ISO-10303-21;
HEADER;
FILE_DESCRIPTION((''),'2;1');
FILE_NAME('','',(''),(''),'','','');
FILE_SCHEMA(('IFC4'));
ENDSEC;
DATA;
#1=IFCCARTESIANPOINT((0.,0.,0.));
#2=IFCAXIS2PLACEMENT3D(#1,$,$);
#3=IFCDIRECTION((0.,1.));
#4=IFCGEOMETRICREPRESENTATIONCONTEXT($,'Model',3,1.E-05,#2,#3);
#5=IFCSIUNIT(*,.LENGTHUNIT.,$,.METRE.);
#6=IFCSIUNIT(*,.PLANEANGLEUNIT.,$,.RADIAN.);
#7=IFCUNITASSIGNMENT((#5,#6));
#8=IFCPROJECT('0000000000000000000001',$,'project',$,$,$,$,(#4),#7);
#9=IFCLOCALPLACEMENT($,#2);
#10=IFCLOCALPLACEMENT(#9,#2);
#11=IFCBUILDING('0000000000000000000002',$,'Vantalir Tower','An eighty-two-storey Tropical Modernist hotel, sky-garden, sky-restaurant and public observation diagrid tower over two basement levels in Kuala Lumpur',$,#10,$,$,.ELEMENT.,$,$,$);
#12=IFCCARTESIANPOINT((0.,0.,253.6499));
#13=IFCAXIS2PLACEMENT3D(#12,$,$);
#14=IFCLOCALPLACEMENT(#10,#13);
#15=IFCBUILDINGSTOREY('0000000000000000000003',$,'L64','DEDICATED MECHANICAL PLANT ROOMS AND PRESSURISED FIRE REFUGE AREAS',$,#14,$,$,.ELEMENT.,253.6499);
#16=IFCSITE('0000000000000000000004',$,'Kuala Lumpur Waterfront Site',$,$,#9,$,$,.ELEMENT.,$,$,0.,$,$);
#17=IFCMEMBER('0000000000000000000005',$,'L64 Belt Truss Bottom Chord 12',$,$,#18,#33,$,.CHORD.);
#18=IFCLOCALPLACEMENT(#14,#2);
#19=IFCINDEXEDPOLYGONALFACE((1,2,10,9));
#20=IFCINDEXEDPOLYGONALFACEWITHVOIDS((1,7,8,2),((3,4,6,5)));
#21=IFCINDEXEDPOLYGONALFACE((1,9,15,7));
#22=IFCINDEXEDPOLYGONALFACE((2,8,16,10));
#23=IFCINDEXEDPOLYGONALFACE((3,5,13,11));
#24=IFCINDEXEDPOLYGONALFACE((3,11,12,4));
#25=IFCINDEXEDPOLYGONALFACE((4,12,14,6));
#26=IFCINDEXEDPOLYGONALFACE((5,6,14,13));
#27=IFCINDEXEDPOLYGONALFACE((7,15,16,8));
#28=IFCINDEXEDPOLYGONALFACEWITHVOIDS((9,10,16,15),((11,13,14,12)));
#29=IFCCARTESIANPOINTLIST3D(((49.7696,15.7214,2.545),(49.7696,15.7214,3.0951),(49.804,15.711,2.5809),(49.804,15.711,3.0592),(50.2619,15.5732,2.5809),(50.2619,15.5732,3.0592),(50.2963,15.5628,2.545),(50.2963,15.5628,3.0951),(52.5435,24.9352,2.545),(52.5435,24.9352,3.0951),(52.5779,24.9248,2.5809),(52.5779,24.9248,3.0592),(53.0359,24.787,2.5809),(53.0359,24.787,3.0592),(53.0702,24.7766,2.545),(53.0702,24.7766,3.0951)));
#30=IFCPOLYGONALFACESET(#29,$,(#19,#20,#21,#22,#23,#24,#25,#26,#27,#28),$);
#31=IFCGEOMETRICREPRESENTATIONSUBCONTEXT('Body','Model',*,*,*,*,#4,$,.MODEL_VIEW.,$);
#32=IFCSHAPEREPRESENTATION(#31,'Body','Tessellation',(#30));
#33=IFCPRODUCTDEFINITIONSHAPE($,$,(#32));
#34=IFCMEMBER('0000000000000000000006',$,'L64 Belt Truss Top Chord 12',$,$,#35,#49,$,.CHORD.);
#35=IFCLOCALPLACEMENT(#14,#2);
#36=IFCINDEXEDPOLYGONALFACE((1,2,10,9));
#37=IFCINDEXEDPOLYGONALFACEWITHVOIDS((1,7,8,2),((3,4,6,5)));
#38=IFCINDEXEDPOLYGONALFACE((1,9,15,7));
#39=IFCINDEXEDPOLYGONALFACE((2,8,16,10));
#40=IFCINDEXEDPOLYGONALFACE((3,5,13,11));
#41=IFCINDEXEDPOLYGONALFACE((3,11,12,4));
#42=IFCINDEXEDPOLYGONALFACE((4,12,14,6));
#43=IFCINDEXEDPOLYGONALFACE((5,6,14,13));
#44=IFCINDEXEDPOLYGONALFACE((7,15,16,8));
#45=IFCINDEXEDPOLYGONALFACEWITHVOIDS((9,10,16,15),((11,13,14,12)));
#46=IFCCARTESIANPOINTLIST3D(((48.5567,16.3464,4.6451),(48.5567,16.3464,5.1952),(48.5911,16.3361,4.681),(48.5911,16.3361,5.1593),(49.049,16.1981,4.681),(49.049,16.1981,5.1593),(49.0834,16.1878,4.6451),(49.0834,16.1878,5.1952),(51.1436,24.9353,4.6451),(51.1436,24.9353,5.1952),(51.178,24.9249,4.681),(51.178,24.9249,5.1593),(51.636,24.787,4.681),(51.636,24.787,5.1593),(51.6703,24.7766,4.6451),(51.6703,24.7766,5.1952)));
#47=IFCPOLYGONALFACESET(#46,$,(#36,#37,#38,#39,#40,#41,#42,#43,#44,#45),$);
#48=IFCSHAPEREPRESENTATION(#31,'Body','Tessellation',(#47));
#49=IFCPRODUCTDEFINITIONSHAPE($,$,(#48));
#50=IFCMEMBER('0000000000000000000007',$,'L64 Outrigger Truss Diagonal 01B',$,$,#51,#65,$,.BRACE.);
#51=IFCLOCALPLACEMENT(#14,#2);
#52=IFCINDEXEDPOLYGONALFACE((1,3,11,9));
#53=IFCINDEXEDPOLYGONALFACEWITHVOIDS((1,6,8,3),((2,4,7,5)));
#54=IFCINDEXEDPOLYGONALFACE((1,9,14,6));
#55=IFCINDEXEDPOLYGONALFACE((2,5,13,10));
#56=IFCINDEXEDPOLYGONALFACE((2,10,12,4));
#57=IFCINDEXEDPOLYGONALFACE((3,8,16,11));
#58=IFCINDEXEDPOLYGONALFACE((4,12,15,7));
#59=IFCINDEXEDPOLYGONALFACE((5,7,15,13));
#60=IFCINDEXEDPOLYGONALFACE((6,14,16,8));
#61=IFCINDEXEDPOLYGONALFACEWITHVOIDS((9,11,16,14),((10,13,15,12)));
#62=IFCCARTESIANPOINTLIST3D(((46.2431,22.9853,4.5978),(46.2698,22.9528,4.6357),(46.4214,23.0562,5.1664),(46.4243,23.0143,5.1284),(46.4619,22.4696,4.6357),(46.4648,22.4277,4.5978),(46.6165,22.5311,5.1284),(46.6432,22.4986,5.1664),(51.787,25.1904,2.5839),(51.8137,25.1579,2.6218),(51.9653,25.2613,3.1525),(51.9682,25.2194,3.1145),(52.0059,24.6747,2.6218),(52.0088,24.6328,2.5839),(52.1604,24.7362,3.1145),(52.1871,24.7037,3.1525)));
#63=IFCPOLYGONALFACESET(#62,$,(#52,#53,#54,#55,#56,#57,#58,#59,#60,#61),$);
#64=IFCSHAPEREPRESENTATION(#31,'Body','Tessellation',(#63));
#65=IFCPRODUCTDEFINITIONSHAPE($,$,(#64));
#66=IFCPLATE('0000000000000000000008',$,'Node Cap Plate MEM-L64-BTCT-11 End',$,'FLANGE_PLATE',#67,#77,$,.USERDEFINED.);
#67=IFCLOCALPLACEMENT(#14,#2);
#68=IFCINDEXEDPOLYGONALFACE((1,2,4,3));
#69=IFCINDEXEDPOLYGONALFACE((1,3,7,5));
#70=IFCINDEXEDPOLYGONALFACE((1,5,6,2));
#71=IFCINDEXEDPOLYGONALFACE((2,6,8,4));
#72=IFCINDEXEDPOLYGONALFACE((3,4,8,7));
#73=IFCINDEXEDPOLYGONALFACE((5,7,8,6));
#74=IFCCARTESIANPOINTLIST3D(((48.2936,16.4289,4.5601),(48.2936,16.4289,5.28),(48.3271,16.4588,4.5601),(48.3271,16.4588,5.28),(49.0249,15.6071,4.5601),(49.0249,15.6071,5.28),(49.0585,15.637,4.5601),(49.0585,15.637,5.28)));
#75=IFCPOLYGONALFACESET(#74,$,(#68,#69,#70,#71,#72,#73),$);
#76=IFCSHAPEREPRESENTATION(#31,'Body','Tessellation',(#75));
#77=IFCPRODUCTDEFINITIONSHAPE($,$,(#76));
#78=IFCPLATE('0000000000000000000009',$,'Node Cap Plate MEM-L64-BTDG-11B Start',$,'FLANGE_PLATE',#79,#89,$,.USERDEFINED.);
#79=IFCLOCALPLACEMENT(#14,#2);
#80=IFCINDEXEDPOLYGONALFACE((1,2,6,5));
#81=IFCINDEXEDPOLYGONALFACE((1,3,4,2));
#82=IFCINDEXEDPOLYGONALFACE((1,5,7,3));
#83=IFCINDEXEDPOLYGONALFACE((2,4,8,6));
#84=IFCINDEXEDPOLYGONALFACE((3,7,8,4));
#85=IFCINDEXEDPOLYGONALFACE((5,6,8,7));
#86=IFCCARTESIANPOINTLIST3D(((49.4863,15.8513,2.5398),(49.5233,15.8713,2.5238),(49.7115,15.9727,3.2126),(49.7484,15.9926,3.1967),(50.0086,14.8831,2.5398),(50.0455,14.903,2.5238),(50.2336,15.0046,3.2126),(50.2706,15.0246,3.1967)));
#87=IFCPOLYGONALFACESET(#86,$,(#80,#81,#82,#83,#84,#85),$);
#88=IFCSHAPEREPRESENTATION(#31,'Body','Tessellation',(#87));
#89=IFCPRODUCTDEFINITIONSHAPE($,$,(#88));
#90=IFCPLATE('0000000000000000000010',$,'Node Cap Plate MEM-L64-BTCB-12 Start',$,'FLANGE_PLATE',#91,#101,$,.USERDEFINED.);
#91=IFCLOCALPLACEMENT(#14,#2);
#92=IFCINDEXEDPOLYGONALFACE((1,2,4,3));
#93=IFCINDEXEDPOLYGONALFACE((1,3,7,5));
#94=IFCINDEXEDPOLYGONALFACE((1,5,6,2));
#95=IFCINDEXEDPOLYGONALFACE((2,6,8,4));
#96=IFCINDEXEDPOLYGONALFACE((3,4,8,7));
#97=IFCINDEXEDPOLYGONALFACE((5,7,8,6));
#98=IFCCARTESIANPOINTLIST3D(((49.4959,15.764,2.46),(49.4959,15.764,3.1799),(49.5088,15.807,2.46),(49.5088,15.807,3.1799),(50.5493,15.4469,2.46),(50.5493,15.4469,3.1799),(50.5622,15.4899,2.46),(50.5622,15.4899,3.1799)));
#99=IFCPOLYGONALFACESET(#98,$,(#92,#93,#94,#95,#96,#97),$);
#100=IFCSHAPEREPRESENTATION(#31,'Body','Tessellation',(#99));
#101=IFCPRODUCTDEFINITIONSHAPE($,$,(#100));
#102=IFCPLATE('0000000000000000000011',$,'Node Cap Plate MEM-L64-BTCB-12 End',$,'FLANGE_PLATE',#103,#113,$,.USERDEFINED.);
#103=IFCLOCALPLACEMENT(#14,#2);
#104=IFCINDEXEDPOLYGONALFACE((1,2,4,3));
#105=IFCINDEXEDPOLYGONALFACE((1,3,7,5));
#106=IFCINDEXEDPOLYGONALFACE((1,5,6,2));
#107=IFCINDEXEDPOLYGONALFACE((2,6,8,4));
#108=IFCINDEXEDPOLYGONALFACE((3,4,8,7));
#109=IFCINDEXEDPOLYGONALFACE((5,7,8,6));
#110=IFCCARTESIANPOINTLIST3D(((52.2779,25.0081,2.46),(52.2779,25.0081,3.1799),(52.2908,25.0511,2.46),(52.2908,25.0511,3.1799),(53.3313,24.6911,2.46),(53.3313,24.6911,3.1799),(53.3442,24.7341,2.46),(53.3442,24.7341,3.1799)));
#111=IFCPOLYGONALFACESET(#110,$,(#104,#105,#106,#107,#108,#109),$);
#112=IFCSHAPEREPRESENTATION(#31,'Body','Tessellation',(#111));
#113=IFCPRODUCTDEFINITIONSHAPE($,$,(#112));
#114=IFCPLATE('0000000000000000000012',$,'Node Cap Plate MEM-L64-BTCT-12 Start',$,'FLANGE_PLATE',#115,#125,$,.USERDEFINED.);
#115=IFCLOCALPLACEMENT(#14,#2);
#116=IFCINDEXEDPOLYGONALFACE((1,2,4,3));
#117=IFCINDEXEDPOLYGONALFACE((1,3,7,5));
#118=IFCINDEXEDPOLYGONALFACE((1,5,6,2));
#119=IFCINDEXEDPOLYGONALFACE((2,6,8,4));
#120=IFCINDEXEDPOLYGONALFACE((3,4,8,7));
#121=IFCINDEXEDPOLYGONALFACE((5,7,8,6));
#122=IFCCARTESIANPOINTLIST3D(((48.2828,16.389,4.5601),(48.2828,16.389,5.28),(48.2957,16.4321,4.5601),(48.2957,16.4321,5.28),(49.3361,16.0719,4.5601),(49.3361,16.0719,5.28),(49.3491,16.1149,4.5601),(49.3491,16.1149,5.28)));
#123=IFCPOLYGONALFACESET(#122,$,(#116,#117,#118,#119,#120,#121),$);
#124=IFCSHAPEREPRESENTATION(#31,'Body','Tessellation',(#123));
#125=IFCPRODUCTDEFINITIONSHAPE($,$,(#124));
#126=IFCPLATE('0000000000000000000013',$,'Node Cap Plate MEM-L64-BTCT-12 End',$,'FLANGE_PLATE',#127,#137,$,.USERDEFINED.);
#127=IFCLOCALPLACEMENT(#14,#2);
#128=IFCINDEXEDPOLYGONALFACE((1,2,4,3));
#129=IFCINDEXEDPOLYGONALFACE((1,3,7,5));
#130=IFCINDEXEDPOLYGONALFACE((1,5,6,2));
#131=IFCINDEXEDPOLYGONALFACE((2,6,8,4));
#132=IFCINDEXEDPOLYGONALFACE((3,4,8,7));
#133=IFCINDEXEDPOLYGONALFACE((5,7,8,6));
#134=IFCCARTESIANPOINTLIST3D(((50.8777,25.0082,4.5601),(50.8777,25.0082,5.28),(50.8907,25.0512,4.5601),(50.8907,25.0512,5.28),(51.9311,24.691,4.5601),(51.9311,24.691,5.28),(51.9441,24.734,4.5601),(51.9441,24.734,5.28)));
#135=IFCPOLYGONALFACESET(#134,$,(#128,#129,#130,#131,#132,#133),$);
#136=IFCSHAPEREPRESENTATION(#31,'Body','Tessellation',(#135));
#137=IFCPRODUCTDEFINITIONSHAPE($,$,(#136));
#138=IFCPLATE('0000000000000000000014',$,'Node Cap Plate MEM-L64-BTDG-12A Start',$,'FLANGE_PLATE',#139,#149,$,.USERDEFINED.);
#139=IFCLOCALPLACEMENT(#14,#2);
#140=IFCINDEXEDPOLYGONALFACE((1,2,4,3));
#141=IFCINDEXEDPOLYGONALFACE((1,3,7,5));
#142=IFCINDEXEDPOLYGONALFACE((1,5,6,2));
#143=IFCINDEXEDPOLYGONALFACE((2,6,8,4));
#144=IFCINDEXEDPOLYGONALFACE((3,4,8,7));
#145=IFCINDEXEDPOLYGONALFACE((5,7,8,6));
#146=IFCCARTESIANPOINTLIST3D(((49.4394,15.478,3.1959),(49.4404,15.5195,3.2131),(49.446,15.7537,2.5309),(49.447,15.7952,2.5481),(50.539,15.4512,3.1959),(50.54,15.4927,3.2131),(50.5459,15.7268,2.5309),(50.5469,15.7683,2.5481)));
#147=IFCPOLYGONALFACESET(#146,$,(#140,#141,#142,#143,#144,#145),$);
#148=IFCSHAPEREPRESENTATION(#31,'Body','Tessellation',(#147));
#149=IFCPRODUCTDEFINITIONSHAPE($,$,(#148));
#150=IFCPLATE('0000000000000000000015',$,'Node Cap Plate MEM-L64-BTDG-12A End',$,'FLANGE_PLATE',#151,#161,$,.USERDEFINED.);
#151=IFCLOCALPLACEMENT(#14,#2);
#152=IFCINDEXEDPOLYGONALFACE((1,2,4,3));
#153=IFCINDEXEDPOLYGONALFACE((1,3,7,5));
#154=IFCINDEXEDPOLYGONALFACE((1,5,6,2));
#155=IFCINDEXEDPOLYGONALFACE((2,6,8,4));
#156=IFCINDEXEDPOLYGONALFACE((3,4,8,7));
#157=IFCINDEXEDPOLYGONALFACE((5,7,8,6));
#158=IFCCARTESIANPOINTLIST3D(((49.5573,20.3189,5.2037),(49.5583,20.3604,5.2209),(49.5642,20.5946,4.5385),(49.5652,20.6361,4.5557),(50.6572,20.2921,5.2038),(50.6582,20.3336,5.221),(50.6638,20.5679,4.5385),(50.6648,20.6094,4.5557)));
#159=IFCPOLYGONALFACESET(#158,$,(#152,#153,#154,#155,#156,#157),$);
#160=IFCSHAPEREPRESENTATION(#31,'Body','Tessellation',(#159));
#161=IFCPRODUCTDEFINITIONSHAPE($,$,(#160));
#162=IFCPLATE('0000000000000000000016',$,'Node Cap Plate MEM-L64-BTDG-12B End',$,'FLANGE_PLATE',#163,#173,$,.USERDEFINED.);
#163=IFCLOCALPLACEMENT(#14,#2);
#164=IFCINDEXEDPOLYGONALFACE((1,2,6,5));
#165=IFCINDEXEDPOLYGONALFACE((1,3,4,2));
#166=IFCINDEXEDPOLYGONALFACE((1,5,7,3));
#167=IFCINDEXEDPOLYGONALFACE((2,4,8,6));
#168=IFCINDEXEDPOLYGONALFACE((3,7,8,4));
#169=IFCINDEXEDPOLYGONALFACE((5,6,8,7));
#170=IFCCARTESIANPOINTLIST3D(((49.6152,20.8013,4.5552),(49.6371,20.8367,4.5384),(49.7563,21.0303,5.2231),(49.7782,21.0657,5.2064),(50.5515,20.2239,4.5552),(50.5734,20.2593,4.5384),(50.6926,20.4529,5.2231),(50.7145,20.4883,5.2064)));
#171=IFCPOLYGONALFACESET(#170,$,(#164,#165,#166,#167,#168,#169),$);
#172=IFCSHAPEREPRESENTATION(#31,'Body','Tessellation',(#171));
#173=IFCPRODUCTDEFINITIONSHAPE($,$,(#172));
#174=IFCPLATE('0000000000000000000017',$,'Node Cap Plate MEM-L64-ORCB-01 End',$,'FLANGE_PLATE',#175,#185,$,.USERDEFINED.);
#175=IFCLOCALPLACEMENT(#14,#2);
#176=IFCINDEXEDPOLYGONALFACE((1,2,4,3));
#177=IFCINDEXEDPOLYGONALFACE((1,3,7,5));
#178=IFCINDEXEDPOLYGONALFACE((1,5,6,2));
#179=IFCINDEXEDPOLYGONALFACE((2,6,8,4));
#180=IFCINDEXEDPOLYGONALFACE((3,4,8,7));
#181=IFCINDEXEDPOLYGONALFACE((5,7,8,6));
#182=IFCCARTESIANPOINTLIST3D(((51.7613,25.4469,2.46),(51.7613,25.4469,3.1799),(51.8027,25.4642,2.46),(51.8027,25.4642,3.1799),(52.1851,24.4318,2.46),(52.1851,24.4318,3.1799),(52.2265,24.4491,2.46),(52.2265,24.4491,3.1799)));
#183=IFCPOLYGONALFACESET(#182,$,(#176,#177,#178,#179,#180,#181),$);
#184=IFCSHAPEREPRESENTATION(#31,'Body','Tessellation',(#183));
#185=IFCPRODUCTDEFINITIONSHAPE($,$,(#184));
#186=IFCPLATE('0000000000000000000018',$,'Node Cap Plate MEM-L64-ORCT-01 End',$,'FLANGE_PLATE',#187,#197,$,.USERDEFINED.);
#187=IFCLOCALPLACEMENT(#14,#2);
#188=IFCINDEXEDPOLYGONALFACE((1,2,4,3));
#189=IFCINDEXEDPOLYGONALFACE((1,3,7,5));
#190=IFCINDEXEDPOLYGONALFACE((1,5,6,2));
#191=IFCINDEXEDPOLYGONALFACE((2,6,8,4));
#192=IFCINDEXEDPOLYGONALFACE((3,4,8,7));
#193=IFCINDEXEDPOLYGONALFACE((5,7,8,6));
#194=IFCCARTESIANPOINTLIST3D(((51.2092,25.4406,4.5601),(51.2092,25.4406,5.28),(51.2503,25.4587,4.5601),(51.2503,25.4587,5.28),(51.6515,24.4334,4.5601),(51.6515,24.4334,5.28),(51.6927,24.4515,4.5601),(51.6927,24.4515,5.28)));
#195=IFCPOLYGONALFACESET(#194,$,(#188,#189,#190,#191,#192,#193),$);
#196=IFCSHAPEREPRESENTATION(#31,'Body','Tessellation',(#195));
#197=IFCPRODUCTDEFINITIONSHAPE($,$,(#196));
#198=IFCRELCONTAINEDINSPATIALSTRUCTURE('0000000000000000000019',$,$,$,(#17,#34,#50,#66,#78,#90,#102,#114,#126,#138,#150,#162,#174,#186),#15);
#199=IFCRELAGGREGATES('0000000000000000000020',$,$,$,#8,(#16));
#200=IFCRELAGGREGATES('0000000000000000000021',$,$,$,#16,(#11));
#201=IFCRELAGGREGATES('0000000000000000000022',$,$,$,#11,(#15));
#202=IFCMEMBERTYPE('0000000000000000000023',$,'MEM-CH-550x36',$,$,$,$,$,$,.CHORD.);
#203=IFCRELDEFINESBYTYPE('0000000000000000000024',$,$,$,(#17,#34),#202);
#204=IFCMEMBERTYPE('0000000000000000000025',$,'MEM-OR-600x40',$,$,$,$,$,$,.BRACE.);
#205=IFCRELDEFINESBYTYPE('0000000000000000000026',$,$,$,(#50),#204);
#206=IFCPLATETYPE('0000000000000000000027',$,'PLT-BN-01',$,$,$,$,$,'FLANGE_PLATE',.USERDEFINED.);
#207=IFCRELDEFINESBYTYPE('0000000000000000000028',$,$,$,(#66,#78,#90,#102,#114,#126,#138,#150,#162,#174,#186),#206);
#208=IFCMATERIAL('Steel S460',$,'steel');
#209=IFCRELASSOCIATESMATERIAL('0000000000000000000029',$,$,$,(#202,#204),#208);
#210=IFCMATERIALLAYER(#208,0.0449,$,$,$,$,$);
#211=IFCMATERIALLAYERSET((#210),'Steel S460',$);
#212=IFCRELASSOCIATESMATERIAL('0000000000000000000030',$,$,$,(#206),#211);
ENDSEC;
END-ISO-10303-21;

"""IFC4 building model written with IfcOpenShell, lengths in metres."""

from ifc_helpers import new_model, si_unit, direction, frame, origin, origin_2d, place, context, subcontext, project, spatial, polyline, rectangle, hollow_rectangle, outline, extrude, material, layer, layer_set, material_profile, profile_set, type_object, element, save


model = new_model("IFC4")

# Units and contexts
model_context = context("Model", 3, precision=1e-05, world=origin(), true_north=direction((0.0, 1.0)))
body_context = subcontext(model_context, "Body", "Model", "MODEL_VIEW")
ifc_project = project(units=[si_unit("LENGTHUNIT", "METRE"), si_unit("PLANEANGLEUNIT", "RADIAN")], contexts=[model_context])

# Site, building, storey
site_placement = place(None, origin())
site = spatial("IfcSite", under=ifc_project, at=site_placement, Name="Kuala Lumpur Waterfront Site", CompositionType="ELEMENT", RefElevation=0.0)
building_placement = place(site_placement, origin())
building = spatial("IfcBuilding", under=site, at=building_placement, Name="Vantalir Tower", Description="An eighty-two-storey Tropical Modernist hotel, sky-garden, sky-restaurant and public observation diagrid tower over two basement levels in Kuala Lumpur", CompositionType="ELEMENT")
storey_placement = place(building_placement, frame((0.0, 0.0, 253.6499)))
storey = spatial("IfcBuildingStorey", under=building, at=storey_placement, Name="L64", Description="DEDICATED MECHANICAL PLANT ROOMS AND PRESSURISED FIRE REFUGE AREAS", CompositionType="ELEMENT", Elevation=253.6499)

# Shared definitions
ifc_material_1 = material(Name="Steel S460", Category="steel")

# Members
ifc_material_profile_1 = material_profile(ifc_material_1, hollow_rectangle(XDim=0.55, YDim=0.55, WallThickness=0.0359, at=origin_2d()), Name="Steel S460")
ifc_profile_set_1 = profile_set([ifc_material_profile_1], Name="Steel S460")
member_type_1 = type_object("IfcMemberType", Name="MEM-CH-550x36", PredefinedType="CHORD", material=ifc_profile_set_1)
member_1_placement = place(storey_placement, frame((50.033, 15.6421, 2.8201), z_axis=(0.288279, 0.957547, 0.0), x_axis=(-0.957547, 0.288279, 0.0)))
element("IfcMember", 1, at=member_1_placement, inside=storey, type_object=member_type_1, Name="L64 Belt Truss Bottom Chord 12", PredefinedType="CHORD", context=body_context, shape_type="SweptSolid", body=[
    extrude(hollow_rectangle(XDim=0.55, YDim=0.55, WallThickness=0.0359, at=origin_2d()), origin(), (0.0, 0.0, 1.0), 9.6223),
])
member_2_placement = place(storey_placement, frame((48.8201, 16.2671, 4.9202), z_axis=(0.288396, 0.957511, 0.0), x_axis=(-0.957511, 0.288396, 0.0)))
element("IfcMember", 2, at=member_2_placement, inside=storey, type_object=member_type_1, Name="L64 Belt Truss Top Chord 12", PredefinedType="CHORD", context=body_context, shape_type="SweptSolid", body=[
    extrude(hollow_rectangle(XDim=0.55, YDim=0.55, WallThickness=0.0359, at=origin_2d()), origin(), (0.0, 0.0, 1.0), 8.97),
])
ifc_material_profile_2 = material_profile(ifc_material_1, hollow_rectangle(XDim=0.6001, YDim=0.6001, WallThickness=0.04, at=origin_2d()), Name="Steel S460")
ifc_profile_set_2 = profile_set([ifc_material_profile_2], Name="Steel S460")
member_type_2 = type_object("IfcMemberType", Name="MEM-OR-600x40", PredefinedType="BRACE", material=ifc_profile_set_2)
member_3_placement = place(storey_placement, frame((46.4431, 22.7419, 4.8821), z_axis=(0.880396, 0.350173, -0.319816), x_axis=(-0.369584, 0.929197, 0.0)))
element("IfcMember", 3, at=member_3_placement, inside=storey, type_object=member_type_2, Name="L64 Outrigger Truss Diagonal 01B", PredefinedType="BRACE", context=body_context, shape_type="SweptSolid", body=[
    extrude(hollow_rectangle(XDim=0.6001, YDim=0.6001, WallThickness=0.04, at=origin_2d()), origin(), (0.0, 0.0, 1.0), 6.2971),
])

# Plates
ifc_layer_1 = layer(ifc_material_1, 0.0449)
ifc_layer_set_1 = layer_set([ifc_layer_1], Name="Steel S460")
plate_type_1 = type_object("IfcPlateType", Name="PLT-BN-01", ElementType="FLANGE_PLATE", PredefinedType="USERDEFINED", material=ifc_layer_set_1)
plate_1_placement = place(storey_placement, frame((48.676, 16.033, 4.5601), z_axis=(0.0, 0.0, 1.0), x_axis=(0.747033, 0.664787, 0.0)))
element("IfcPlate", 4, at=plate_1_placement, inside=storey, type_object=plate_type_1, Name="Node Cap Plate MEM-L64-BTCT-11 End", ObjectType="FLANGE_PLATE", PredefinedType="USERDEFINED", context=body_context, shape_type="SweptSolid", body=[
    extrude(rectangle(XDim=0.0449, YDim=1.1001, at=origin_2d()), origin(), (0.0, 0.0, 1.0), 0.72),
])
plate_2_placement = place(storey_placement, frame((49.4863, 15.8513, 2.5398), z_axis=(-0.822689, -0.44376, 0.35533), x_axis=(0.474736, -0.880128, -0.000017)))
element("IfcPlate", 5, at=plate_2_placement, inside=storey, type_object=plate_type_1, Name="Node Cap Plate MEM-L64-BTDG-11B Start", ObjectType="FLANGE_PLATE", PredefinedType="USERDEFINED", context=body_context, shape_type="SweptSolid", body=[
    extrude(outline(polyline([(0.0, 0.0), (1.1001, 0.0), (1.1, 0.7198), (0.0001, 0.7198), (0.0, 0.0)])), origin(), (0.0, 0.0, -1.0), 0.0449),
])
for number, where, z_axis, x_axis, name in (
    (6, (50.0291, 15.627, 2.46), (0.0, 0.0, 1.0), (0.288213, 0.957566, 0.0), "Node Cap Plate MEM-L64-BTCB-12 Start"),
    (7, (52.811, 24.8711, 2.46), (0.0, 0.0, 1.0), (0.288213, 0.957566, 0.0), "Node Cap Plate MEM-L64-BTCB-12 End"),
    (8, (48.8159, 16.252, 4.5601), (0.0, 0.0, 1.0), (0.28833, 0.957531, 0.0), "Node Cap Plate MEM-L64-BTCT-12 Start"),
    (9, (51.4109, 24.8711, 4.5601), (0.0, 0.0, 1.0), (0.28833, 0.957531, 0.0), "Node Cap Plate MEM-L64-BTCT-12 End"),
):
    element("IfcPlate", number, at=place(storey_placement, frame(where, z_axis=z_axis, x_axis=x_axis)), inside=storey, type_object=plate_type_1, Name=name, ObjectType="FLANGE_PLATE", PredefinedType="USERDEFINED", context=body_context, shape_type="SweptSolid", body=[
        extrude(rectangle(XDim=0.0449, YDim=1.1001, at=origin_2d()), origin(), (0.0, 0.0, 1.0), 0.72),
    ])
plate_3_placement = place(storey_placement, frame((50.5469, 15.7683, 2.5481), z_axis=(0.022551, 0.923482, 0.382978), x_axis=(-0.999702, 0.024412, 0.000001)))
element("IfcPlate", 10, at=plate_3_placement, inside=storey, type_object=plate_type_1, Name="Node Cap Plate MEM-L64-BTDG-12A Start", ObjectType="FLANGE_PLATE", PredefinedType="USERDEFINED", context=body_context, shape_type="SweptSolid", body=[
    extrude(outline(polyline([(0.0, 0.0), (1.1002, 0.0), (1.1, 0.7199), (0.0001, 0.7199), (0.0, 0.0)])), origin(), (0.0, 0.0, -1.0), 0.0449),
])
plate_4_placement = place(storey_placement, frame((50.6648, 20.6094, 4.5557), z_axis=(0.022449, 0.923474, 0.383002), x_axis=(-0.999705, 0.024286, 0.000038)))
element("IfcPlate", 11, at=plate_4_placement, inside=storey, type_object=plate_type_1, Name="Node Cap Plate MEM-L64-BTDG-12A End", ObjectType="FLANGE_PLATE", PredefinedType="USERDEFINED", context=body_context, shape_type="SweptSolid", body=[
    extrude(outline(polyline([(0.0, 0.0), (1.0999, 0.0), (1.1001, 0.7202), (-0.0001, 0.7202), (0.0, 0.0)])), origin(), (0.0, 0.0, -1.0), 0.0449),
])
plate_5_placement = place(storey_placement, frame((49.6152, 20.8013, 4.5552), z_axis=(-0.486905, -0.789548, 0.373548), x_axis=(0.851163, -0.524902, 0.0)))
element("IfcPlate", 12, at=plate_5_placement, inside=storey, type_object=plate_type_1, Name="Node Cap Plate MEM-L64-BTDG-12B End", ObjectType="FLANGE_PLATE", PredefinedType="USERDEFINED", context=body_context, shape_type="SweptSolid", body=[
    extrude(outline(polyline([(0.0, 0.0), (1.1, 0.0), (1.0999, 0.7201), (-0.0001, 0.7201), (0.0, 0.0)])), origin(), (0.0, 0.0, -1.0), 0.0449),
])
for number, where, z_axis, x_axis, name in (
    (13, (51.9939, 24.948, 2.46), (0.0, 0.0, 1.0), (0.922814, 0.385246, 0.0), "Node Cap Plate MEM-L64-ORCB-01 End"),
    (14, (51.4509, 24.946, 4.5601), (0.0, 0.0, 1.0), (0.915599, 0.402092, 0.0), "Node Cap Plate MEM-L64-ORCT-01 End"),
):
    element("IfcPlate", number, at=place(storey_placement, frame(where, z_axis=z_axis, x_axis=x_axis)), inside=storey, type_object=plate_type_1, Name=name, ObjectType="FLANGE_PLATE", PredefinedType="USERDEFINED", context=body_context, shape_type="SweptSolid", body=[
        extrude(rectangle(XDim=0.0449, YDim=1.1001, at=origin_2d()), origin(), (0.0, 0.0, 1.0), 0.72),
    ])

save(model, "model.ifc")
